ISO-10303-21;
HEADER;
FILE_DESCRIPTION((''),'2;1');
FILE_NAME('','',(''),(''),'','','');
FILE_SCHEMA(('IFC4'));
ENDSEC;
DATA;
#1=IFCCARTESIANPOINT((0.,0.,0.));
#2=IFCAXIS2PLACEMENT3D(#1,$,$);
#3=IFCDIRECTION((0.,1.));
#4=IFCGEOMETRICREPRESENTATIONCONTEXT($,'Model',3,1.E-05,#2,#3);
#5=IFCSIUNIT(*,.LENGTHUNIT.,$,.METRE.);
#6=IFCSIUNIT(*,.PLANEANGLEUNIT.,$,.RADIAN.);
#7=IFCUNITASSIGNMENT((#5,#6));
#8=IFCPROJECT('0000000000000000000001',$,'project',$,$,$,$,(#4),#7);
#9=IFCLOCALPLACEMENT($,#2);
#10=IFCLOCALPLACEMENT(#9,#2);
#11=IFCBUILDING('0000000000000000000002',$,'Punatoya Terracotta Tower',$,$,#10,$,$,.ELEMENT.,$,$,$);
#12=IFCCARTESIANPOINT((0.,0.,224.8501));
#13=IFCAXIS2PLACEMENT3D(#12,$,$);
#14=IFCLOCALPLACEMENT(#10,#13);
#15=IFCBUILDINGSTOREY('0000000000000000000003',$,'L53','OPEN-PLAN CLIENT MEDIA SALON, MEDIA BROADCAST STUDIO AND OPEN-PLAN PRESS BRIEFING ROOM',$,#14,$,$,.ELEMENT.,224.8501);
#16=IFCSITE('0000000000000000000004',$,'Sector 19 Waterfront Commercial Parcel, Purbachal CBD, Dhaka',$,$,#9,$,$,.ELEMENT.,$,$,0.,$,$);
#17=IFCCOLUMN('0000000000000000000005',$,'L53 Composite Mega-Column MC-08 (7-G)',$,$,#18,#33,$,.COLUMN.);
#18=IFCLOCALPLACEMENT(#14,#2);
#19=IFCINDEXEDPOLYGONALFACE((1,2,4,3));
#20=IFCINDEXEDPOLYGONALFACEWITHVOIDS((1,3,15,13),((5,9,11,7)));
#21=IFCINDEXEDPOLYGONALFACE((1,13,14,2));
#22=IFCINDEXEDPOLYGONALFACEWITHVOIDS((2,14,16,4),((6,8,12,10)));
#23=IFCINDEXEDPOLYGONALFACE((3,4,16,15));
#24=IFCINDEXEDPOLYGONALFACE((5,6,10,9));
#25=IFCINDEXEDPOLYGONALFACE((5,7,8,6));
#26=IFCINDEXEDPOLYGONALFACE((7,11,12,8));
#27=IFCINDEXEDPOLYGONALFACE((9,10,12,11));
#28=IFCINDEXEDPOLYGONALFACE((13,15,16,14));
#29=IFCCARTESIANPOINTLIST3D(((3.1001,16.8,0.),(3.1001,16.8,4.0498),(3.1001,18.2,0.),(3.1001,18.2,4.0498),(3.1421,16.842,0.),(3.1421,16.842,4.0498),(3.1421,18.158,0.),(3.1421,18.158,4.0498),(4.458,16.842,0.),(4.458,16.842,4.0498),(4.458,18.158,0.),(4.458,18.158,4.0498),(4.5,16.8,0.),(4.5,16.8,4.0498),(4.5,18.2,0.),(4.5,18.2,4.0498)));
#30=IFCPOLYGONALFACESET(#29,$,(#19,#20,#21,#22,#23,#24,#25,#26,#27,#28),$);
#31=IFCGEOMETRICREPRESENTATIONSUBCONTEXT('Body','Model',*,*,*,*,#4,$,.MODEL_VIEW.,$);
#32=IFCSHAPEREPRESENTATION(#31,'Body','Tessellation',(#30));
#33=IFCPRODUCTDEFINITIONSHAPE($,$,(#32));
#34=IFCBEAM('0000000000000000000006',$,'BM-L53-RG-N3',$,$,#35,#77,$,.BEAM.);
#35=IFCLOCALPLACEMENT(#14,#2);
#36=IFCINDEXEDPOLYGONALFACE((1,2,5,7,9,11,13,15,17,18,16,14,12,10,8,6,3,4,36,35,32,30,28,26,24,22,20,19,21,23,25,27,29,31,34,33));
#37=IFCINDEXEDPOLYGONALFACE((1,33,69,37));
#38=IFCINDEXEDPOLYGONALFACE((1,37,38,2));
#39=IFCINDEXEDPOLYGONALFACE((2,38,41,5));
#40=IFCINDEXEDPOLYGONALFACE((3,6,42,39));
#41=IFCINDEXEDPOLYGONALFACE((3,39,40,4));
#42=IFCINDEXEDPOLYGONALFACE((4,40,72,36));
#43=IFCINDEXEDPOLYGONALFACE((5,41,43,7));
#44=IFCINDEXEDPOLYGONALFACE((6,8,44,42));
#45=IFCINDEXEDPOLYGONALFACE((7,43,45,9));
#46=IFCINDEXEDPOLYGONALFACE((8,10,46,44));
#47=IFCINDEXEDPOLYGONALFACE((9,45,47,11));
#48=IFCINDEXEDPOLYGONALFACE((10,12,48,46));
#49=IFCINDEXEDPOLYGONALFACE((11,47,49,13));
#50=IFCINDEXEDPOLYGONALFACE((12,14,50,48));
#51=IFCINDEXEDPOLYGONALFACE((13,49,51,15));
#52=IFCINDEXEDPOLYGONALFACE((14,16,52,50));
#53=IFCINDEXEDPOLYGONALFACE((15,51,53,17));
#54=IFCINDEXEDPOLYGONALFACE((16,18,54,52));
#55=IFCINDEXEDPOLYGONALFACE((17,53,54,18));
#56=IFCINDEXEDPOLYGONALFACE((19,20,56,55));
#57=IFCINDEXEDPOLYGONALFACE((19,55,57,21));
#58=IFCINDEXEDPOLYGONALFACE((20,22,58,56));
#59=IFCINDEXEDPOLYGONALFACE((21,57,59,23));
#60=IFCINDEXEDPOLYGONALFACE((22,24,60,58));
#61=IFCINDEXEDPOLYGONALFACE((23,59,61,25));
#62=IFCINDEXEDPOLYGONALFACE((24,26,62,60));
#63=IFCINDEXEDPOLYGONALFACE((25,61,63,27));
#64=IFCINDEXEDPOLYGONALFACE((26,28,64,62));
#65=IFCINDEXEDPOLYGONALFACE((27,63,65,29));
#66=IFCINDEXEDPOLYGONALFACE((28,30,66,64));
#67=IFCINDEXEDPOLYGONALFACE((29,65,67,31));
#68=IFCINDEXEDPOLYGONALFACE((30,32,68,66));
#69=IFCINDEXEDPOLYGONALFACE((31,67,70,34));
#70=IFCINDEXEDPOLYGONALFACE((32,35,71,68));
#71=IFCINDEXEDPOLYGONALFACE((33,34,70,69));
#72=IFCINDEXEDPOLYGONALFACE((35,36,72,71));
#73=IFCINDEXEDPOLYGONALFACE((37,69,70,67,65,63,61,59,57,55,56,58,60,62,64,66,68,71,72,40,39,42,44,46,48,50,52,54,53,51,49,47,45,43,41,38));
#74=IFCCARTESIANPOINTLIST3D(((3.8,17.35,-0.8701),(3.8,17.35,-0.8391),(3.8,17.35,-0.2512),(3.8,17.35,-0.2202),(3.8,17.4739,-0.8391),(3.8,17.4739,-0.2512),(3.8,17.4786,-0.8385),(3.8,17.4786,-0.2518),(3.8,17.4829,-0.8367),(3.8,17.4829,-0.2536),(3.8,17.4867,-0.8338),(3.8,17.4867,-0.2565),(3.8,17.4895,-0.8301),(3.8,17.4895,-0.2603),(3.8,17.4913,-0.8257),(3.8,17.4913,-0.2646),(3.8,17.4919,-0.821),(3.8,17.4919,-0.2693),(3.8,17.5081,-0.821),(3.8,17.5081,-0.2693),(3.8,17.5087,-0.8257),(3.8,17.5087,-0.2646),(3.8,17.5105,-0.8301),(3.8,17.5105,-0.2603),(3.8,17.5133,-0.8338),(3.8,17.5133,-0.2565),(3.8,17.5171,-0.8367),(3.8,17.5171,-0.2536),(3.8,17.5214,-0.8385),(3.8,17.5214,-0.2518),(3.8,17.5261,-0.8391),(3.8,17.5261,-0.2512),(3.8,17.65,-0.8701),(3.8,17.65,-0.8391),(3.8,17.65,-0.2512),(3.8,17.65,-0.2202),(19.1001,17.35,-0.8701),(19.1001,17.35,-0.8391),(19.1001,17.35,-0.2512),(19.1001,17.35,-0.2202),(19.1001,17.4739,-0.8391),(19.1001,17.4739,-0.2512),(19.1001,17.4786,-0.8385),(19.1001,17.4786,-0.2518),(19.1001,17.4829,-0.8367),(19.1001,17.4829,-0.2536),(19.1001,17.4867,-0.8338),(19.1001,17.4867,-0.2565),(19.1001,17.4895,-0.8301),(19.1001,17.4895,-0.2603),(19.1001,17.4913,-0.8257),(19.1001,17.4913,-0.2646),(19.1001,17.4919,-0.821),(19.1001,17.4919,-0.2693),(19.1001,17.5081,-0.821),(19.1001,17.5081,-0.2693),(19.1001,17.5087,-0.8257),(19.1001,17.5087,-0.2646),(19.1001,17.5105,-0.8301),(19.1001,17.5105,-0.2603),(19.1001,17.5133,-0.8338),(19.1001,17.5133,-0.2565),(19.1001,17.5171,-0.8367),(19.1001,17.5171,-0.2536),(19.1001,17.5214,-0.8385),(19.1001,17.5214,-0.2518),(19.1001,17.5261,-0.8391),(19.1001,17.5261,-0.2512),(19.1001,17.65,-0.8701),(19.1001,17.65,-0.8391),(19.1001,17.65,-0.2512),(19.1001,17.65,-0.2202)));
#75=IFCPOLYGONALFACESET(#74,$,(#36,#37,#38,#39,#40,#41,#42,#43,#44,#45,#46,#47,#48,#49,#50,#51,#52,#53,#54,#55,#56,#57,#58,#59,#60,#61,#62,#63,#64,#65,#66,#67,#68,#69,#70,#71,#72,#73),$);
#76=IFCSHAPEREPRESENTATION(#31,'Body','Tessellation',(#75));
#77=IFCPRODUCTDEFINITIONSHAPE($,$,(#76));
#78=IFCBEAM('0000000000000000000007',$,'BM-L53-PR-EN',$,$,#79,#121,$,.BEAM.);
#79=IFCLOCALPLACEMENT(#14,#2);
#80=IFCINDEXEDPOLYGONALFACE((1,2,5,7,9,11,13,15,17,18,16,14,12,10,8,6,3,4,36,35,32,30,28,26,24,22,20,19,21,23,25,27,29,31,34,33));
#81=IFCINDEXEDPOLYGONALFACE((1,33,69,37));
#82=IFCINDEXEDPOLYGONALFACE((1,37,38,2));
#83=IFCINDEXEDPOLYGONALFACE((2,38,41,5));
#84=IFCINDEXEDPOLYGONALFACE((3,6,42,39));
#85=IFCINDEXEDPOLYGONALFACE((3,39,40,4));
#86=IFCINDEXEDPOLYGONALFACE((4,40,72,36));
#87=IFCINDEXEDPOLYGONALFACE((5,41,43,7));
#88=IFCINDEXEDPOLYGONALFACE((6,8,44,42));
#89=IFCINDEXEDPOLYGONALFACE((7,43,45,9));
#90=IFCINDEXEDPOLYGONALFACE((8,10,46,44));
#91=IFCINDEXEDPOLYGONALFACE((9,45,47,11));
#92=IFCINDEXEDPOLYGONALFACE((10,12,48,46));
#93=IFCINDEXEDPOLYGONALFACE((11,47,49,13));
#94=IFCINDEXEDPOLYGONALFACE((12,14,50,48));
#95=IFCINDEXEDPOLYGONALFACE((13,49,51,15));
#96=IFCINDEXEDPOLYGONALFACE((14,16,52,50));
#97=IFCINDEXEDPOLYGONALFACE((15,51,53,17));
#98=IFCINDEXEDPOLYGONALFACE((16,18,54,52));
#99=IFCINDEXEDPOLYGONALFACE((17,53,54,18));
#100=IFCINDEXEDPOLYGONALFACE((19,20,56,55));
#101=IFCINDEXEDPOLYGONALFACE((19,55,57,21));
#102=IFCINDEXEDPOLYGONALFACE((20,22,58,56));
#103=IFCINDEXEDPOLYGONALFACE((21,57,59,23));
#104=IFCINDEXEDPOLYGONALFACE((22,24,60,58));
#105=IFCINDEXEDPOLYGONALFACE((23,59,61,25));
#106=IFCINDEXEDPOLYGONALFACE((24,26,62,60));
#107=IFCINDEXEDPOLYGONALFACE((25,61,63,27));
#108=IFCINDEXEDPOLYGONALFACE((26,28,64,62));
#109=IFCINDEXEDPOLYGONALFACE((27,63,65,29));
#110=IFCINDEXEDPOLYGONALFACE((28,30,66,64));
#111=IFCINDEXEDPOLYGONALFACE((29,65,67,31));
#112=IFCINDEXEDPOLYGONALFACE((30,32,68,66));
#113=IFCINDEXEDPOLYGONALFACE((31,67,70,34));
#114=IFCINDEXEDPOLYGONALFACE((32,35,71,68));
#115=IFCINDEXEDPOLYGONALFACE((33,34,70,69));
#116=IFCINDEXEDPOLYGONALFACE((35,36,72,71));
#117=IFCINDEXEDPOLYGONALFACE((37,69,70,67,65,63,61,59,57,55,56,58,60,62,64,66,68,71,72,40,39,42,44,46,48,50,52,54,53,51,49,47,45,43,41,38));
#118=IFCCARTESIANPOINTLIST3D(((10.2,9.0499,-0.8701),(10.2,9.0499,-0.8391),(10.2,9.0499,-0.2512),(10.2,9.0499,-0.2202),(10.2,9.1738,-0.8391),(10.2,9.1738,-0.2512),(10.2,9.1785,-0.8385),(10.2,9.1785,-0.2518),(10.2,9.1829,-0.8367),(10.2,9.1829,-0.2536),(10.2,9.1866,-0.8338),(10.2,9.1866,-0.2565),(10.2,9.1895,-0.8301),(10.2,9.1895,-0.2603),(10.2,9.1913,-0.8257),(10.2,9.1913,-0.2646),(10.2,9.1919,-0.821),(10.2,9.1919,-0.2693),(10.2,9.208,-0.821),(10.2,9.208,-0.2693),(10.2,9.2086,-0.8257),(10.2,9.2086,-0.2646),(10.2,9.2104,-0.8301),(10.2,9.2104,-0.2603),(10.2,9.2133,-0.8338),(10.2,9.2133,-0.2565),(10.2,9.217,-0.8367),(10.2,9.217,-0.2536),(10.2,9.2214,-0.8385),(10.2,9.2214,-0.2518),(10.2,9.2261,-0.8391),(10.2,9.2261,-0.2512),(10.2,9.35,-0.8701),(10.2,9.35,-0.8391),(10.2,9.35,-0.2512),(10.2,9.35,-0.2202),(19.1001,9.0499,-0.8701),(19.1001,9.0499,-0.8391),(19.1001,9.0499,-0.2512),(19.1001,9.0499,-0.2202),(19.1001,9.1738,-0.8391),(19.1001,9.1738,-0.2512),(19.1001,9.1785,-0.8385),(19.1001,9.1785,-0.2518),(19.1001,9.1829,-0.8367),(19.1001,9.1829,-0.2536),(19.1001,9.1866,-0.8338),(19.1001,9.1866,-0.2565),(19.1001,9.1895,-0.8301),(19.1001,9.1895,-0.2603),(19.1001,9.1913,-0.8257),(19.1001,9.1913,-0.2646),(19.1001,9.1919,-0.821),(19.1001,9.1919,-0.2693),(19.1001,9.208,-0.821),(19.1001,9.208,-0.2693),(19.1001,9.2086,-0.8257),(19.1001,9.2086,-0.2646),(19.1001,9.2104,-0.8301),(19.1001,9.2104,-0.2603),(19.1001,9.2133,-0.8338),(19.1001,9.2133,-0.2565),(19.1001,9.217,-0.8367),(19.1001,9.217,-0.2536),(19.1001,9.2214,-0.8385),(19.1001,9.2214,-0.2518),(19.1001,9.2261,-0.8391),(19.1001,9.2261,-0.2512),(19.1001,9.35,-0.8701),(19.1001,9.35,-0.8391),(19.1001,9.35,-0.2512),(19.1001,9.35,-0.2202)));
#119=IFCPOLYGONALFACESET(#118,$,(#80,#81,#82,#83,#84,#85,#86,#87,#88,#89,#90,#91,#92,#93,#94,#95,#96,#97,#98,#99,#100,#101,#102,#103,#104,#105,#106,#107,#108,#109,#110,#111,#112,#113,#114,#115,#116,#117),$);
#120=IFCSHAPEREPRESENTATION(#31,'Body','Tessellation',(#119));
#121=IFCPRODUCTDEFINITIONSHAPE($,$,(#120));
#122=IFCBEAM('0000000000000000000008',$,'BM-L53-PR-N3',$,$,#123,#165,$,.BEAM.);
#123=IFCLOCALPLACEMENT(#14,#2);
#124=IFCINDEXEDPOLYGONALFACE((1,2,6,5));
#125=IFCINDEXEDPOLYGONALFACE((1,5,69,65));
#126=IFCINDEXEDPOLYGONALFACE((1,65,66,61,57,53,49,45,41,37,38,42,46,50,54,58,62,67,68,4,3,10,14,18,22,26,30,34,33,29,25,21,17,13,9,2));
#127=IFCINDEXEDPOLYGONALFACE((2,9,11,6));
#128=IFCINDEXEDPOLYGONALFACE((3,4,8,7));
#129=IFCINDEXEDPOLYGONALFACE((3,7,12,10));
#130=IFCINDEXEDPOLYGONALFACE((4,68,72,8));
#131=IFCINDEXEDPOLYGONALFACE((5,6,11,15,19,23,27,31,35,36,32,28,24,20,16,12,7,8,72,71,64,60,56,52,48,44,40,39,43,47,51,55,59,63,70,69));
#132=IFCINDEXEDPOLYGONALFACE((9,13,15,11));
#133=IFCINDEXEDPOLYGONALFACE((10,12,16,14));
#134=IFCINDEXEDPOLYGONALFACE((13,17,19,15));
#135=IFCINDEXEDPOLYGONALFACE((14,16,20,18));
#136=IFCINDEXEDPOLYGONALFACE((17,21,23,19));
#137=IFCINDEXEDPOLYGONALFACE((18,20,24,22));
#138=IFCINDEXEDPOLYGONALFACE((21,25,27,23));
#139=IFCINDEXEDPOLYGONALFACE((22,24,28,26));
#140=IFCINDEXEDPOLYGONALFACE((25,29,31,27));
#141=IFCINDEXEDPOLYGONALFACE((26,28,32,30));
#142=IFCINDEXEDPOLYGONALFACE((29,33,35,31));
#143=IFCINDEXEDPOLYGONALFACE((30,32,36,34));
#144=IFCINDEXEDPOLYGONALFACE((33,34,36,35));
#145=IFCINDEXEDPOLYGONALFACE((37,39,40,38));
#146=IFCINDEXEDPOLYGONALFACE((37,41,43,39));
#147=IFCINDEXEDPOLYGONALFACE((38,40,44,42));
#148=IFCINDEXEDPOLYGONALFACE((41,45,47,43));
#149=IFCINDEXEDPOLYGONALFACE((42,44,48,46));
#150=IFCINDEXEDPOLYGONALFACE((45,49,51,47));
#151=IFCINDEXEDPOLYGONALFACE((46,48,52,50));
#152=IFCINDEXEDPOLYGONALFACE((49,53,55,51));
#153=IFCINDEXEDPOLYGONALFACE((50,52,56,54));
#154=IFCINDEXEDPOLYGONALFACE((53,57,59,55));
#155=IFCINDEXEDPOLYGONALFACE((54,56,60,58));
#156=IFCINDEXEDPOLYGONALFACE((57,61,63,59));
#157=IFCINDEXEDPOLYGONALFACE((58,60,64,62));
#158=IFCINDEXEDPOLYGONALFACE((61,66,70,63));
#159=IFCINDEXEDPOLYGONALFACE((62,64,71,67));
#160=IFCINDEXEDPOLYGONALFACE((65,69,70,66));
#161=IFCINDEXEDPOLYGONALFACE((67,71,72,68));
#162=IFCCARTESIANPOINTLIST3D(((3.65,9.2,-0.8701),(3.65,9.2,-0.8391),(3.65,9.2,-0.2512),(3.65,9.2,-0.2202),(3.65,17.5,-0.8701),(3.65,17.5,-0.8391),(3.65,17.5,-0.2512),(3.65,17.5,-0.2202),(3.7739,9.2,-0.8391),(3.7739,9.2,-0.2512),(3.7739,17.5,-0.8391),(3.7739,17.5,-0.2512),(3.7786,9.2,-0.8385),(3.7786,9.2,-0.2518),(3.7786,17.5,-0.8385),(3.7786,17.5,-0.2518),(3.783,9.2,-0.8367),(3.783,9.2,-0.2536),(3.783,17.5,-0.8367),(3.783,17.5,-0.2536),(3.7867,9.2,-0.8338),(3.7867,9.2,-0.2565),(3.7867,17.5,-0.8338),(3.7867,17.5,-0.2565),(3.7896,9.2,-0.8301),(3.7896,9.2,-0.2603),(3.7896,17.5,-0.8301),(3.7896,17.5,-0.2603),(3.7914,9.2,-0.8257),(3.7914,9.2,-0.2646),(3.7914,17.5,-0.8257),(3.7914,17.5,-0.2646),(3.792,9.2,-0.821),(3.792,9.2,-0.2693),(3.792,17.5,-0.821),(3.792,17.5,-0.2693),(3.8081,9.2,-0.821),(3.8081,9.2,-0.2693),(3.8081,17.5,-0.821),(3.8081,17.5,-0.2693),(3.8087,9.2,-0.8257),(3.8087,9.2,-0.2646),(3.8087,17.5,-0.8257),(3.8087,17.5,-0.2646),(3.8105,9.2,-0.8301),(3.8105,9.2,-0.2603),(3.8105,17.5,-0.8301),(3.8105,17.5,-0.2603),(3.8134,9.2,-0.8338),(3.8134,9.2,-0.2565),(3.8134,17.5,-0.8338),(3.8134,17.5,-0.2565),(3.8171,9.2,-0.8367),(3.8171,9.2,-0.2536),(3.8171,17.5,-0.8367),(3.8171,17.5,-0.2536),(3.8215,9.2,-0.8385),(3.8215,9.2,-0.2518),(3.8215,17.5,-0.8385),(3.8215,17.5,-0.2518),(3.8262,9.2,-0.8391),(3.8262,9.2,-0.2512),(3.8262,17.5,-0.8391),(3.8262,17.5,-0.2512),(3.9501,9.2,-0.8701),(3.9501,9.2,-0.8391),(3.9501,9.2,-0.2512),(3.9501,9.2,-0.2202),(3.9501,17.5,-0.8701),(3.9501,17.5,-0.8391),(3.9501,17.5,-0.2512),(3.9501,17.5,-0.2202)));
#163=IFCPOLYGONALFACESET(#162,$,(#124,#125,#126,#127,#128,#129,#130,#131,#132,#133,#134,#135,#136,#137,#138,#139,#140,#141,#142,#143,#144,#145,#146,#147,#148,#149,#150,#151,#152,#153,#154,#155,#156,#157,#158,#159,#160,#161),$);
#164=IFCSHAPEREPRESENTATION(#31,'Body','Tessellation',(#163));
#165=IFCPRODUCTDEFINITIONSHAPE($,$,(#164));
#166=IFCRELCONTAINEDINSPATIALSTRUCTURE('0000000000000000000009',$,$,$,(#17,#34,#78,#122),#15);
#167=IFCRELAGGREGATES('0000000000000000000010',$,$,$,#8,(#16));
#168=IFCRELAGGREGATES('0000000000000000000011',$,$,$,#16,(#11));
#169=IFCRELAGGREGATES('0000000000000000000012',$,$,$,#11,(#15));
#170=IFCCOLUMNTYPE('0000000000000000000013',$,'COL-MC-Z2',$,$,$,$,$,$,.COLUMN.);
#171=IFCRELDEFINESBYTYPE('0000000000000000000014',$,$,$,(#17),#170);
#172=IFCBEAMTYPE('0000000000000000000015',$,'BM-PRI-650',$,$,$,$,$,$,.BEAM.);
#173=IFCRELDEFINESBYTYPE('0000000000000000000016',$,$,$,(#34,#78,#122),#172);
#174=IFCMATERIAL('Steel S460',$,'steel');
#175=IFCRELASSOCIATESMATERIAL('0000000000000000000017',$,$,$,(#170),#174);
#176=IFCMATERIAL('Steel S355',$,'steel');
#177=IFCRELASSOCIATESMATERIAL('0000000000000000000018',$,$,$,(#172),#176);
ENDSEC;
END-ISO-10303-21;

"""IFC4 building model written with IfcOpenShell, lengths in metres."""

from ifc_helpers import new_model, si_unit, direction, frame, origin, origin_2d, place, context, subcontext, project, spatial, hollow_rectangle, i_section, extrude, material, material_profile, profile_set, type_object, element, save


model = new_model("IFC4")

# Units and contexts
model_context = context("Model", 3, precision=1e-05, world=origin(), true_north=direction((0.0, 1.0)))
body_context = subcontext(model_context, "Body", "Model", "MODEL_VIEW")
ifc_project = project(units=[si_unit("LENGTHUNIT", "METRE"), si_unit("PLANEANGLEUNIT", "RADIAN")], contexts=[model_context])

# Site, building, storey
site_placement = place(None, origin())
site = spatial("IfcSite", under=ifc_project, at=site_placement, Name="Sector 19 Waterfront Commercial Parcel, Purbachal CBD, Dhaka", CompositionType="ELEMENT", RefElevation=0.0)
building_placement = place(site_placement, origin())
building = spatial("IfcBuilding", under=site, at=building_placement, Name="Punatoya Terracotta Tower", CompositionType="ELEMENT")
storey_placement = place(building_placement, frame((0.0, 0.0, 224.8501)))
storey = spatial("IfcBuildingStorey", under=building, at=storey_placement, Name="L53", Description="OPEN-PLAN CLIENT MEDIA SALON, MEDIA BROADCAST STUDIO AND OPEN-PLAN PRESS BRIEFING ROOM", CompositionType="ELEMENT", Elevation=224.8501)

# Column
ifc_material_1 = material(Name="Steel S460", Category="steel")
ifc_material_profile_1 = material_profile(ifc_material_1, hollow_rectangle(XDim=1.3999, YDim=1.3999, WallThickness=0.042, at=origin_2d()))
ifc_profile_set_1 = profile_set([ifc_material_profile_1], Name="Steel S460")
column_type = type_object("IfcColumnType", Name="COL-MC-Z2", PredefinedType="COLUMN", material=ifc_profile_set_1)
column_placement = place(storey_placement, frame((3.8, 17.5, 0.0), z_axis=(0.0, 0.0, 1.0), x_axis=(1.0, 0.0, 0.0)))
element("IfcColumn", 1, at=column_placement, inside=storey, type_object=column_type, Name="L53 Composite Mega-Column MC-08 (7-G)", PredefinedType="COLUMN", context=body_context, shape_type="SweptSolid", body=[
    extrude(hollow_rectangle(XDim=1.3999, YDim=1.3999, WallThickness=0.042, at=origin_2d()), origin(), (0.0, 0.0, 1.0), 4.0498),
])

# Beams
ifc_material_2 = material(Name="Steel S355", Category="steel")
ifc_material_profile_2 = material_profile(ifc_material_2, i_section(OverallWidth=0.3, OverallDepth=0.6499, WebThickness=0.0161, FlangeThickness=0.031, FilletRadius=0.0181, at=origin_2d()))
ifc_profile_set_2 = profile_set([ifc_material_profile_2], Name="Steel S355")
beam_type_1 = type_object("IfcBeamType", Name="BM-PRI-650", PredefinedType="BEAM", material=ifc_profile_set_2)
beam_1_placement = place(storey_placement, frame((3.8, 17.5, -0.5452), z_axis=(1.0, 0.0, 0.0), x_axis=(0.0, 1.0, 0.0)))
element("IfcBeam", 2, at=beam_1_placement, inside=storey, type_object=beam_type_1, Name="BM-L53-RG-N3", PredefinedType="BEAM", context=body_context, shape_type="SweptSolid", body=[
    extrude(i_section(OverallWidth=0.3, OverallDepth=0.6499, WebThickness=0.0161, FlangeThickness=0.031, FilletRadius=0.0181, at=origin_2d()), origin(), (0.0, 0.0, 1.0), 15.3),
])
beam_2_placement = place(storey_placement, frame((10.2, 9.2, -0.5452), z_axis=(1.0, 0.0, 0.0), x_axis=(0.0, 1.0, 0.0)))
element("IfcBeam", 3, at=beam_2_placement, inside=storey, type_object=beam_type_1, Name="BM-L53-PR-EN", PredefinedType="BEAM", context=body_context, shape_type="SweptSolid", body=[
    extrude(i_section(OverallWidth=0.3, OverallDepth=0.6499, WebThickness=0.0161, FlangeThickness=0.031, FilletRadius=0.0181, at=origin_2d()), origin(), (0.0, 0.0, 1.0), 8.9001),
])
for number, where, z_axis, x_axis, name in (
    (4, (3.8, 9.2, -0.5452), (0.0, 1.0, 0.0), (-1.0, 0.0, 0.0), "BM-L53-PR-N3"),
):
    element("IfcBeam", number, at=place(storey_placement, frame(where, z_axis=z_axis, x_axis=x_axis)), inside=storey, type_object=beam_type_1, Name=name, PredefinedType="BEAM", context=body_context, shape_type="SweptSolid", body=[
        extrude(i_section(OverallWidth=0.3, OverallDepth=0.6499, WebThickness=0.0161, FlangeThickness=0.031, FilletRadius=0.0181, at=origin_2d()), origin(), (0.0, 0.0, 1.0), 8.3),
    ])

save(model, "model.ifc")
